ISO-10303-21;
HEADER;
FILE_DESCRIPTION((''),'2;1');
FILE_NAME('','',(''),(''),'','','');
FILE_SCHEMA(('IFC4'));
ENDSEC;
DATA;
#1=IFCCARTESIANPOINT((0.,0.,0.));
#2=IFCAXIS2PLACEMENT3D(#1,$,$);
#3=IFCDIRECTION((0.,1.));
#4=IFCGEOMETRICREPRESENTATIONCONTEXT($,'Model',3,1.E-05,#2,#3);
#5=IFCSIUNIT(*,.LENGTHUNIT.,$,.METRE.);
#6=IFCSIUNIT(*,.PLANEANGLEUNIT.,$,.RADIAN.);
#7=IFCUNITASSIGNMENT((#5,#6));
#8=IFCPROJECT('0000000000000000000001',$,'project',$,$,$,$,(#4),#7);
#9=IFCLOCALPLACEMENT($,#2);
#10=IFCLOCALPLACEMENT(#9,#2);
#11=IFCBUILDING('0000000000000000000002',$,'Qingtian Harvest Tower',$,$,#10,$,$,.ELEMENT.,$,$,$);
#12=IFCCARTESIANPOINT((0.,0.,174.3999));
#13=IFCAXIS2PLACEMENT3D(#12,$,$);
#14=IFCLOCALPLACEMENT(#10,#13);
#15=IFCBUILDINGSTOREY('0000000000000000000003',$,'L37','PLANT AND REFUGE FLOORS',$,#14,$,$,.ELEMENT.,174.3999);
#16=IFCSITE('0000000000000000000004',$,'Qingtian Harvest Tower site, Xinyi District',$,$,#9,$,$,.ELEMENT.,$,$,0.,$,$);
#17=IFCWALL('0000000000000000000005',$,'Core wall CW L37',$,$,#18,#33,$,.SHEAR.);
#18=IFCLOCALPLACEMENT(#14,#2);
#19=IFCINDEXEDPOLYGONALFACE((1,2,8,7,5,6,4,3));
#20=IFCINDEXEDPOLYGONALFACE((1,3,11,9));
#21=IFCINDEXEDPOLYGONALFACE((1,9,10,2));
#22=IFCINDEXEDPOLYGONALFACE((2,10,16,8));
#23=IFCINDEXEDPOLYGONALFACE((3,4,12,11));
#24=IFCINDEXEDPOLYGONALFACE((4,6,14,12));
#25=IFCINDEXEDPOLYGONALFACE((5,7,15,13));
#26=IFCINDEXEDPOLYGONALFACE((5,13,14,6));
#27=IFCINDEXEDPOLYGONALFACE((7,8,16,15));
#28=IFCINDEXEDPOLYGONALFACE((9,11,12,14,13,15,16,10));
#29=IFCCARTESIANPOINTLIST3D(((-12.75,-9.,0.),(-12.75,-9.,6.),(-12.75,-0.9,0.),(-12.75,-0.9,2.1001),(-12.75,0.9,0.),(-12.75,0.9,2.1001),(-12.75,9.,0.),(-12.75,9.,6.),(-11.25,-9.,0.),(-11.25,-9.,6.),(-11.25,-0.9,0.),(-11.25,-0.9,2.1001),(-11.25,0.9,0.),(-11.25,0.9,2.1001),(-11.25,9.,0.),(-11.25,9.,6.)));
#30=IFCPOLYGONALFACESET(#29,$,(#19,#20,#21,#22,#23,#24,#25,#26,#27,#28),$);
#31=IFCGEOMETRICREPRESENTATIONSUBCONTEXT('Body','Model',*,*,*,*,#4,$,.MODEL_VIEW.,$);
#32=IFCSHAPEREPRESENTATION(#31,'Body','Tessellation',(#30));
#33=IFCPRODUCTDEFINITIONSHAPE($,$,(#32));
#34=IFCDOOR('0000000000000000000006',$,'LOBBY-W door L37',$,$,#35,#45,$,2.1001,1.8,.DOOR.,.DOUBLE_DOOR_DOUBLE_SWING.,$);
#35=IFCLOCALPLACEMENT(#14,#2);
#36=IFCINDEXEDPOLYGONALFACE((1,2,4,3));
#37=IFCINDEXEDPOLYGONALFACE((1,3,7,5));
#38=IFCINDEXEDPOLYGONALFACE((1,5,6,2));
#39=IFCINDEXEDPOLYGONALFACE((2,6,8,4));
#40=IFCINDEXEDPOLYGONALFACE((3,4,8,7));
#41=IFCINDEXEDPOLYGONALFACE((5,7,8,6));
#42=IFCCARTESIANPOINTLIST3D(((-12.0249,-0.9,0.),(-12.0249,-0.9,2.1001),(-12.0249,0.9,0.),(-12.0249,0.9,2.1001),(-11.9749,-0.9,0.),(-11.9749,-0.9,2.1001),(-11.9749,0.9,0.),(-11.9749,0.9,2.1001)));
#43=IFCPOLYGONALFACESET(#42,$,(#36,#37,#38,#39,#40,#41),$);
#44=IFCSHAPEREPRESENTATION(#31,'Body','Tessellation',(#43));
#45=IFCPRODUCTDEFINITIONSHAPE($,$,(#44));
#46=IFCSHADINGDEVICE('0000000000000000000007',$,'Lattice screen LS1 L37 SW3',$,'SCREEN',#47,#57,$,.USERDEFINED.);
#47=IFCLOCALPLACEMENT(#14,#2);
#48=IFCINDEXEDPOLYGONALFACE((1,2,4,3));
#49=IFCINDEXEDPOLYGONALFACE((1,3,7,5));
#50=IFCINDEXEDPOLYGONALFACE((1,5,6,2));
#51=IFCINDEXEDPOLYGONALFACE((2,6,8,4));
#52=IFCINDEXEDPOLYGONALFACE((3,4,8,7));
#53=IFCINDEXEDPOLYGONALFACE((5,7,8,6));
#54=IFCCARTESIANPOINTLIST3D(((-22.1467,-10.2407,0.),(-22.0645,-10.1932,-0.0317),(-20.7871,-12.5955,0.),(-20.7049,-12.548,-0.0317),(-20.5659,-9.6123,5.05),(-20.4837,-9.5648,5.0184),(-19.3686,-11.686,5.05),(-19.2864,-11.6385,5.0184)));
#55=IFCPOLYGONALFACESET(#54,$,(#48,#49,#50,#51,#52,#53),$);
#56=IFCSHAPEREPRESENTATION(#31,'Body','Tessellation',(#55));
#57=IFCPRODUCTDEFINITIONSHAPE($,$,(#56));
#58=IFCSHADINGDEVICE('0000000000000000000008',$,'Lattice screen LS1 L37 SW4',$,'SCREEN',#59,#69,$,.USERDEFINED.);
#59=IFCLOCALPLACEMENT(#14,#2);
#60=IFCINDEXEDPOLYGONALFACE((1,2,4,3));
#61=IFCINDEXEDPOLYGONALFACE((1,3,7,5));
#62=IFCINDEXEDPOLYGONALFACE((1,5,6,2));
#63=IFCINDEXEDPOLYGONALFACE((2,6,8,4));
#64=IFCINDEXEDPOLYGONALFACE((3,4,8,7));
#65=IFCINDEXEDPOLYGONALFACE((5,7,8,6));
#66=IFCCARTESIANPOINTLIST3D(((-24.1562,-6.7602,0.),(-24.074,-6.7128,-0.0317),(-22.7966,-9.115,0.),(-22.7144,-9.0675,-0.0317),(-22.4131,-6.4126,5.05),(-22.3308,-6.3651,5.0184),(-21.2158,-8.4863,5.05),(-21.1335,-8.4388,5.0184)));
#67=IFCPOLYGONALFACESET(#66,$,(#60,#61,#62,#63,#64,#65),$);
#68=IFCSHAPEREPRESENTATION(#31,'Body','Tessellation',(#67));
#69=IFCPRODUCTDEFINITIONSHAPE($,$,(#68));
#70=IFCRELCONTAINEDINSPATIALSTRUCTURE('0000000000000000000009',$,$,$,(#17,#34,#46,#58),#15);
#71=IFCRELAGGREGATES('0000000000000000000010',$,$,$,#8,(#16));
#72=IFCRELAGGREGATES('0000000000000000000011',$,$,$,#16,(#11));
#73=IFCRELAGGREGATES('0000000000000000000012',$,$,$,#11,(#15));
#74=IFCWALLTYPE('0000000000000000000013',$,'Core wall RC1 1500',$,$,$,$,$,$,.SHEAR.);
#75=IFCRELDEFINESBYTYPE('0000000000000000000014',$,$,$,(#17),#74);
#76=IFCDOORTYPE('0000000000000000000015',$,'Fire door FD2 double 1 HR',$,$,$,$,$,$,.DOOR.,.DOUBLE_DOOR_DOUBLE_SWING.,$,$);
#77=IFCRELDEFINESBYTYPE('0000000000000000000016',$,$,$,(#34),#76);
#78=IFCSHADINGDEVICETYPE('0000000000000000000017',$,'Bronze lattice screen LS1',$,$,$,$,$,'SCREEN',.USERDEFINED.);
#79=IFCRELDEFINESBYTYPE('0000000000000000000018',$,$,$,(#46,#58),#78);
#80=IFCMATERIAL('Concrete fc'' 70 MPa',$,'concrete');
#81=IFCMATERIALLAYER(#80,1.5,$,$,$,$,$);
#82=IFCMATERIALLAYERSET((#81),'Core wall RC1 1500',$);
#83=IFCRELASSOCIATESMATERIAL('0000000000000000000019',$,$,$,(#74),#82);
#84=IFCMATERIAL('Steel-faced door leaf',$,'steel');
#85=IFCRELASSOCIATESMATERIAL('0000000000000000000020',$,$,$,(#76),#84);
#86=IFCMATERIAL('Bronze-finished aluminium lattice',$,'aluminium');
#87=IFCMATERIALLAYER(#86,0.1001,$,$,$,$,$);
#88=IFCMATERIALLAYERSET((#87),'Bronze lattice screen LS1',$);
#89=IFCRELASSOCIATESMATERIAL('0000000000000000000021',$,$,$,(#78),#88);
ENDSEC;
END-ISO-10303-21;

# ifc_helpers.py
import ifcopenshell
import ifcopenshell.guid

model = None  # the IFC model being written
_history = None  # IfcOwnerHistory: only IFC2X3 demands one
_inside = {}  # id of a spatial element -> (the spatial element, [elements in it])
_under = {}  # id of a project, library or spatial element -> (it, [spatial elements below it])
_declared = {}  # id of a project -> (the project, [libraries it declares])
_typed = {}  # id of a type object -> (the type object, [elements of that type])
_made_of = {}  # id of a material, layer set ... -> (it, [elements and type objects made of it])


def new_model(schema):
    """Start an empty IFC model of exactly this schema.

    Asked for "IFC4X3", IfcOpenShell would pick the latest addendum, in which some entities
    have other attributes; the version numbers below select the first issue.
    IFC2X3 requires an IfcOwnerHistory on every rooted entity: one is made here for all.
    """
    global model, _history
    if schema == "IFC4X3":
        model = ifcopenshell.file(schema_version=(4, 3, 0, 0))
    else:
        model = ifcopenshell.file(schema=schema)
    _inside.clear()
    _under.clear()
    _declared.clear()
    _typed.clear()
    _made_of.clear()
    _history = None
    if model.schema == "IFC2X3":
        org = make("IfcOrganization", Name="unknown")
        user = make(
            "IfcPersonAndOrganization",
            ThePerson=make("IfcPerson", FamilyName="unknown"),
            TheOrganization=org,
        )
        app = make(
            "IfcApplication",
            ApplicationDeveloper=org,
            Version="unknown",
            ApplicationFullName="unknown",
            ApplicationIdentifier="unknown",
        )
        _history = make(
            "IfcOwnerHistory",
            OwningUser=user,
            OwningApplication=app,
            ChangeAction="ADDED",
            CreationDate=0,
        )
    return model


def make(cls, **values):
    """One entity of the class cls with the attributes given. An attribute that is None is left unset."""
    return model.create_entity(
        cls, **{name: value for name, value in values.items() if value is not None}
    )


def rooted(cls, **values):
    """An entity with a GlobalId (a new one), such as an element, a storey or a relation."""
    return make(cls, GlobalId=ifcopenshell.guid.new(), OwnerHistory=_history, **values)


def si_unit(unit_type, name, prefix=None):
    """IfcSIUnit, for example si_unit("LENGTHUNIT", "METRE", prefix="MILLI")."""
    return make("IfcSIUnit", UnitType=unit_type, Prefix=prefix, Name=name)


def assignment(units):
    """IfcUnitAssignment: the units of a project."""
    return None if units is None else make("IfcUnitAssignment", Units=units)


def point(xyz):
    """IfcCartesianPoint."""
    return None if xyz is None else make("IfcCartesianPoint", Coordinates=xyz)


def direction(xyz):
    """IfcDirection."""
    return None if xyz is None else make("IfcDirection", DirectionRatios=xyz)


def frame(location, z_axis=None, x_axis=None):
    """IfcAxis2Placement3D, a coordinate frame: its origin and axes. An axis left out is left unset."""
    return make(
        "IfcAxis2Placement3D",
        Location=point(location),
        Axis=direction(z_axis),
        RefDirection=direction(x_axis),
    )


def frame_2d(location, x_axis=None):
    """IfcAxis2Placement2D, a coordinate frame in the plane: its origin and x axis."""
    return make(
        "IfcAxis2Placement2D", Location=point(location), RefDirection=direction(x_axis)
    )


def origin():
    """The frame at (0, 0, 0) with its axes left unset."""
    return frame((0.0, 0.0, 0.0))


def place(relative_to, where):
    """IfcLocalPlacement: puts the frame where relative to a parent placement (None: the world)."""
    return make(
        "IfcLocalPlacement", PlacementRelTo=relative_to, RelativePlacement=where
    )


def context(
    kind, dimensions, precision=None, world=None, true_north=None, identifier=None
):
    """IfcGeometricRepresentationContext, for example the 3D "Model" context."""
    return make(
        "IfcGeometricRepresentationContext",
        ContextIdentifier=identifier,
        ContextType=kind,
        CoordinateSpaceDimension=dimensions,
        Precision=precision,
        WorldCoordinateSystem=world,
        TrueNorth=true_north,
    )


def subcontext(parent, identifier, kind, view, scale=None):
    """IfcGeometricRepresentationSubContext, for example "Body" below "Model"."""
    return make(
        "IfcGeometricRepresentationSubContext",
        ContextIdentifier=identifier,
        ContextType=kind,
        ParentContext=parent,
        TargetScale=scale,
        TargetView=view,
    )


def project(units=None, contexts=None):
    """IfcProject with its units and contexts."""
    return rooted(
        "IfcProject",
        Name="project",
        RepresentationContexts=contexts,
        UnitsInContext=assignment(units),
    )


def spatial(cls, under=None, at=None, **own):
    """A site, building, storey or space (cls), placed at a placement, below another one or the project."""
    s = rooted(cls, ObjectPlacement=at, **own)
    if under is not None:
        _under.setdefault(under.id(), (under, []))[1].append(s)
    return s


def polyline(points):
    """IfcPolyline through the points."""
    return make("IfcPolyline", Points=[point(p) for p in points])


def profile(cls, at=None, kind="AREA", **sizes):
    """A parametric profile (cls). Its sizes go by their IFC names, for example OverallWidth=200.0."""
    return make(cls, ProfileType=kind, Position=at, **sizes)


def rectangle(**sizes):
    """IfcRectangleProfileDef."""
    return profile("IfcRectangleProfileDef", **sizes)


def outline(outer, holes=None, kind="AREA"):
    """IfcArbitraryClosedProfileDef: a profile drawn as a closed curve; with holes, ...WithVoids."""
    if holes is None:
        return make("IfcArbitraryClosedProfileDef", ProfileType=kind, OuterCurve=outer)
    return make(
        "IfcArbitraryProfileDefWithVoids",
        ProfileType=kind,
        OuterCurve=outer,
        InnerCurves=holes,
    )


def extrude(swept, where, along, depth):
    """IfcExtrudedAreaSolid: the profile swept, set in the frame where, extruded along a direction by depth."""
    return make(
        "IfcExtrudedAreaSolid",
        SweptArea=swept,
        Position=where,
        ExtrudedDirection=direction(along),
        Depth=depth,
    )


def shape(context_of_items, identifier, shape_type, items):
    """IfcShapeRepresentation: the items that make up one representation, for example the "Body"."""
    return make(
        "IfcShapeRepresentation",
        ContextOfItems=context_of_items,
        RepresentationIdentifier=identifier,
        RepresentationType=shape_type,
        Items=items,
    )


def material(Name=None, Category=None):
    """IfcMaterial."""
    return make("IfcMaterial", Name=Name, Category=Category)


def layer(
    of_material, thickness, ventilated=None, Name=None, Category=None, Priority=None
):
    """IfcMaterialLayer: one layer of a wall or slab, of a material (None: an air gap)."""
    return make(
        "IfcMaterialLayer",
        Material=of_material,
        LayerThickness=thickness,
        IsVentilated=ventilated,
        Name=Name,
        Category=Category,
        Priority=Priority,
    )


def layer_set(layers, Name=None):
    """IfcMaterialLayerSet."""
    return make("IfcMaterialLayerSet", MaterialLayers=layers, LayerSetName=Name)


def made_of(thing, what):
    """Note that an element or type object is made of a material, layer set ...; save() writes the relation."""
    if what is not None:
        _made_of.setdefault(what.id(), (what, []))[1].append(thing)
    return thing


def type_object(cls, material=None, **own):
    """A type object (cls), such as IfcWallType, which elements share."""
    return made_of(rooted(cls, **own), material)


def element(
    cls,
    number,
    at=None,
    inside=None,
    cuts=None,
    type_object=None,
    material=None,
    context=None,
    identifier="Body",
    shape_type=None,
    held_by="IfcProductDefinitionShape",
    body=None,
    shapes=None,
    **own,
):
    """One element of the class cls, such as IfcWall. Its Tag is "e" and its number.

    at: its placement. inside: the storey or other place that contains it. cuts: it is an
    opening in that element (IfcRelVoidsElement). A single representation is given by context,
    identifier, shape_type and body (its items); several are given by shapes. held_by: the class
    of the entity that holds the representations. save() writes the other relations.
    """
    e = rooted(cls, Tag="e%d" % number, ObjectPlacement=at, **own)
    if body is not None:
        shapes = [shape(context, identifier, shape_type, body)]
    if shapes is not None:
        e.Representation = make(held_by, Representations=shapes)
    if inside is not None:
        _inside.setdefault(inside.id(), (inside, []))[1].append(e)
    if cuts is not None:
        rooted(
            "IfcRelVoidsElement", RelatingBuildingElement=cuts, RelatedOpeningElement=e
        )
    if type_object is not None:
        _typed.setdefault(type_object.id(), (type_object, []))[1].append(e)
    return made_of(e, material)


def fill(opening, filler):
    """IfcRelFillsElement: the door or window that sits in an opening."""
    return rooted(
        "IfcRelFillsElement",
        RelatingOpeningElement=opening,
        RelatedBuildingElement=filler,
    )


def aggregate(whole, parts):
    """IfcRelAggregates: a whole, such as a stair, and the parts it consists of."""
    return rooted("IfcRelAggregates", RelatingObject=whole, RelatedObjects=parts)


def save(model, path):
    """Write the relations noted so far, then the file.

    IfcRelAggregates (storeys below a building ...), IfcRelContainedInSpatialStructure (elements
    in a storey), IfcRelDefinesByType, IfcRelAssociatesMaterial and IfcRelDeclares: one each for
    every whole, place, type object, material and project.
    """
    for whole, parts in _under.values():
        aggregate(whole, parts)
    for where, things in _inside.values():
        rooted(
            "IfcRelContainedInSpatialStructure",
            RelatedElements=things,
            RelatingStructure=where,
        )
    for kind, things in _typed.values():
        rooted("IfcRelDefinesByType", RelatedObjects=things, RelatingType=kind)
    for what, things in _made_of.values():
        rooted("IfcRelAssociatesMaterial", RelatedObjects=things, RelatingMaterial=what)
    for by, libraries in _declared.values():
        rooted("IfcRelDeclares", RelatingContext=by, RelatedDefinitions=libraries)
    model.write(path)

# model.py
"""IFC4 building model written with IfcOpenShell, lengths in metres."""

from ifc_helpers import new_model, si_unit, direction, frame, frame_2d, origin, place, context, subcontext, project, spatial, polyline, rectangle, outline, extrude, material, layer, layer_set, type_object, element, fill, save


model = new_model("IFC4")

# Units and contexts
model_context = context("Model", 3, precision=1e-05, world=origin(), true_north=direction((0.0, 1.0)))
body_context = subcontext(model_context, "Body", "Model", "MODEL_VIEW")
ifc_project = project(units=[si_unit("LENGTHUNIT", "METRE"), si_unit("PLANEANGLEUNIT", "RADIAN")], contexts=[model_context])

# Site, building, storey
site_placement = place(None, origin())
site = spatial("IfcSite", under=ifc_project, at=site_placement, Name="Qingtian Harvest Tower site, Xinyi District", CompositionType="ELEMENT", RefElevation=0.0)
building_placement = place(site_placement, origin())
building = spatial("IfcBuilding", under=site, at=building_placement, Name="Qingtian Harvest Tower", CompositionType="ELEMENT")
storey_placement = place(building_placement, frame((0.0, 0.0, 174.3999)))
storey = spatial("IfcBuildingStorey", under=building, at=storey_placement, Name="L37", Description="PLANT AND REFUGE FLOORS", CompositionType="ELEMENT", Elevation=174.3999)

# Shared definitions
ifc_material_1 = material(Name="Concrete fc' 70 MPa", Category="concrete")
ifc_layer_1 = layer(ifc_material_1, 1.5)
ifc_layer_set_1 = layer_set([ifc_layer_1], Name="Core wall RC1 1500")
wall_type_1 = type_object("IfcWallType", Name="Core wall RC1 1500", PredefinedType="SHEAR", material=ifc_layer_set_1)

# Wall, opening, door
wall_1_placement = place(storey_placement, frame((-12.0, -9.0, 0.0), z_axis=(0.0, 0.0, 1.0), x_axis=(0.0, 1.0, 0.0)))
wall_1 = element("IfcWall", 1, at=wall_1_placement, inside=storey, type_object=wall_type_1, Name="Core wall CW L37", PredefinedType="SHEAR", context=body_context, shape_type="SweptSolid", body=[
    extrude(rectangle(XDim=18.0, YDim=1.5, at=frame_2d((9.0, 0.0))), origin(), (0.0, 0.0, 1.0), 6.0),
])
opening_1_placement = place(wall_1_placement, frame((8.1001, 0.0, 0.0)))
opening_1 = element("IfcOpeningElement", 2, at=opening_1_placement, cuts=wall_1, PredefinedType="OPENING", context=body_context, shape_type="SweptSolid", body=[
    extrude(rectangle(XDim=1.8, YDim=2.1001, at=frame_2d((0.8999, 1.05))), frame((0.0, 0.76, 0.0), z_axis=(0.0, -1.0, 0.0), x_axis=(1.0, 0.0, 0.0)), (0.0, 0.0, 1.0), 1.52),
])
ifc_material_2 = material(Name="Steel-faced door leaf", Category="steel")
door_type_1 = type_object("IfcDoorType", Name="Fire door FD2 double 1 HR", OperationType="DOUBLE_DOOR_DOUBLE_SWING", PredefinedType="DOOR", material=ifc_material_2)
door_1_placement = place(opening_1_placement, origin())
door_1 = element("IfcDoor", 3, at=door_1_placement, inside=storey, type_object=door_type_1, Name="LOBBY-W door L37", OperationType="DOUBLE_DOOR_DOUBLE_SWING", OverallHeight=2.1001, OverallWidth=1.8, PredefinedType="DOOR", context=body_context, shape_type="SweptSolid", body=[
    extrude(rectangle(XDim=1.8, YDim=2.1001, at=frame_2d((0.8999, 1.05))), frame((0.0, 0.0249, 0.0), z_axis=(0.0, -1.0, 0.0), x_axis=(1.0, 0.0, 0.0)), (0.0, 0.0, 1.0), 0.05),
])
fill(opening_1, door_1)

# Shading devices
ifc_material_3 = material(Name="Bronze-finished aluminium lattice", Category="aluminium")
ifc_layer_2 = layer(ifc_material_3, 0.1001)
ifc_layer_set_2 = layer_set([ifc_layer_2], Name="Bronze lattice screen LS1")
shading_device_type = type_object("IfcShadingDeviceType", Name="Bronze lattice screen LS1", ElementType="SCREEN", PredefinedType="USERDEFINED", material=ifc_layer_set_2)
shading_device_1_placement = place(storey_placement, frame((-20.7871, -12.5955, 0.0), z_axis=(-0.821583, -0.474361, 0.316199), x_axis=(-0.500017, 0.866015, -0.000005)))
element("IfcShadingDevice", 4, at=shading_device_1_placement, inside=storey, type_object=shading_device_type, Name="Lattice screen LS1 L37 SW3", ObjectType="SCREEN", PredefinedType="USERDEFINED", context=body_context, shape_type="SweptSolid", body=[
    extrude(outline(polyline([(0.0, 0.0), (2.7191, 0.0), (2.4728, -5.3232), (0.0783, -5.3232), (0.0, 0.0)])), origin(), (0.0, 0.0, -1.0), 0.1001),
])
shading_device_2_placement = place(storey_placement, frame((-22.7966, -9.115, 0.0), z_axis=(-0.821573, -0.474355, 0.316235), x_axis=(-0.500017, 0.866015, -0.000005)))
element("IfcShadingDevice", 5, at=shading_device_2_placement, inside=storey, type_object=shading_device_type, Name="Lattice screen LS1 L37 SW4", ObjectType="SCREEN", PredefinedType="USERDEFINED", context=body_context, shape_type="SweptSolid", body=[
    extrude(outline(polyline([(0.0, 0.0), (2.7191, 0.0), (2.1485, -5.3232), (-0.246, -5.3232), (0.0, 0.0)])), origin(), (0.0, 0.0, -1.0), 0.1001),
])

save(model, "model.ifc")
